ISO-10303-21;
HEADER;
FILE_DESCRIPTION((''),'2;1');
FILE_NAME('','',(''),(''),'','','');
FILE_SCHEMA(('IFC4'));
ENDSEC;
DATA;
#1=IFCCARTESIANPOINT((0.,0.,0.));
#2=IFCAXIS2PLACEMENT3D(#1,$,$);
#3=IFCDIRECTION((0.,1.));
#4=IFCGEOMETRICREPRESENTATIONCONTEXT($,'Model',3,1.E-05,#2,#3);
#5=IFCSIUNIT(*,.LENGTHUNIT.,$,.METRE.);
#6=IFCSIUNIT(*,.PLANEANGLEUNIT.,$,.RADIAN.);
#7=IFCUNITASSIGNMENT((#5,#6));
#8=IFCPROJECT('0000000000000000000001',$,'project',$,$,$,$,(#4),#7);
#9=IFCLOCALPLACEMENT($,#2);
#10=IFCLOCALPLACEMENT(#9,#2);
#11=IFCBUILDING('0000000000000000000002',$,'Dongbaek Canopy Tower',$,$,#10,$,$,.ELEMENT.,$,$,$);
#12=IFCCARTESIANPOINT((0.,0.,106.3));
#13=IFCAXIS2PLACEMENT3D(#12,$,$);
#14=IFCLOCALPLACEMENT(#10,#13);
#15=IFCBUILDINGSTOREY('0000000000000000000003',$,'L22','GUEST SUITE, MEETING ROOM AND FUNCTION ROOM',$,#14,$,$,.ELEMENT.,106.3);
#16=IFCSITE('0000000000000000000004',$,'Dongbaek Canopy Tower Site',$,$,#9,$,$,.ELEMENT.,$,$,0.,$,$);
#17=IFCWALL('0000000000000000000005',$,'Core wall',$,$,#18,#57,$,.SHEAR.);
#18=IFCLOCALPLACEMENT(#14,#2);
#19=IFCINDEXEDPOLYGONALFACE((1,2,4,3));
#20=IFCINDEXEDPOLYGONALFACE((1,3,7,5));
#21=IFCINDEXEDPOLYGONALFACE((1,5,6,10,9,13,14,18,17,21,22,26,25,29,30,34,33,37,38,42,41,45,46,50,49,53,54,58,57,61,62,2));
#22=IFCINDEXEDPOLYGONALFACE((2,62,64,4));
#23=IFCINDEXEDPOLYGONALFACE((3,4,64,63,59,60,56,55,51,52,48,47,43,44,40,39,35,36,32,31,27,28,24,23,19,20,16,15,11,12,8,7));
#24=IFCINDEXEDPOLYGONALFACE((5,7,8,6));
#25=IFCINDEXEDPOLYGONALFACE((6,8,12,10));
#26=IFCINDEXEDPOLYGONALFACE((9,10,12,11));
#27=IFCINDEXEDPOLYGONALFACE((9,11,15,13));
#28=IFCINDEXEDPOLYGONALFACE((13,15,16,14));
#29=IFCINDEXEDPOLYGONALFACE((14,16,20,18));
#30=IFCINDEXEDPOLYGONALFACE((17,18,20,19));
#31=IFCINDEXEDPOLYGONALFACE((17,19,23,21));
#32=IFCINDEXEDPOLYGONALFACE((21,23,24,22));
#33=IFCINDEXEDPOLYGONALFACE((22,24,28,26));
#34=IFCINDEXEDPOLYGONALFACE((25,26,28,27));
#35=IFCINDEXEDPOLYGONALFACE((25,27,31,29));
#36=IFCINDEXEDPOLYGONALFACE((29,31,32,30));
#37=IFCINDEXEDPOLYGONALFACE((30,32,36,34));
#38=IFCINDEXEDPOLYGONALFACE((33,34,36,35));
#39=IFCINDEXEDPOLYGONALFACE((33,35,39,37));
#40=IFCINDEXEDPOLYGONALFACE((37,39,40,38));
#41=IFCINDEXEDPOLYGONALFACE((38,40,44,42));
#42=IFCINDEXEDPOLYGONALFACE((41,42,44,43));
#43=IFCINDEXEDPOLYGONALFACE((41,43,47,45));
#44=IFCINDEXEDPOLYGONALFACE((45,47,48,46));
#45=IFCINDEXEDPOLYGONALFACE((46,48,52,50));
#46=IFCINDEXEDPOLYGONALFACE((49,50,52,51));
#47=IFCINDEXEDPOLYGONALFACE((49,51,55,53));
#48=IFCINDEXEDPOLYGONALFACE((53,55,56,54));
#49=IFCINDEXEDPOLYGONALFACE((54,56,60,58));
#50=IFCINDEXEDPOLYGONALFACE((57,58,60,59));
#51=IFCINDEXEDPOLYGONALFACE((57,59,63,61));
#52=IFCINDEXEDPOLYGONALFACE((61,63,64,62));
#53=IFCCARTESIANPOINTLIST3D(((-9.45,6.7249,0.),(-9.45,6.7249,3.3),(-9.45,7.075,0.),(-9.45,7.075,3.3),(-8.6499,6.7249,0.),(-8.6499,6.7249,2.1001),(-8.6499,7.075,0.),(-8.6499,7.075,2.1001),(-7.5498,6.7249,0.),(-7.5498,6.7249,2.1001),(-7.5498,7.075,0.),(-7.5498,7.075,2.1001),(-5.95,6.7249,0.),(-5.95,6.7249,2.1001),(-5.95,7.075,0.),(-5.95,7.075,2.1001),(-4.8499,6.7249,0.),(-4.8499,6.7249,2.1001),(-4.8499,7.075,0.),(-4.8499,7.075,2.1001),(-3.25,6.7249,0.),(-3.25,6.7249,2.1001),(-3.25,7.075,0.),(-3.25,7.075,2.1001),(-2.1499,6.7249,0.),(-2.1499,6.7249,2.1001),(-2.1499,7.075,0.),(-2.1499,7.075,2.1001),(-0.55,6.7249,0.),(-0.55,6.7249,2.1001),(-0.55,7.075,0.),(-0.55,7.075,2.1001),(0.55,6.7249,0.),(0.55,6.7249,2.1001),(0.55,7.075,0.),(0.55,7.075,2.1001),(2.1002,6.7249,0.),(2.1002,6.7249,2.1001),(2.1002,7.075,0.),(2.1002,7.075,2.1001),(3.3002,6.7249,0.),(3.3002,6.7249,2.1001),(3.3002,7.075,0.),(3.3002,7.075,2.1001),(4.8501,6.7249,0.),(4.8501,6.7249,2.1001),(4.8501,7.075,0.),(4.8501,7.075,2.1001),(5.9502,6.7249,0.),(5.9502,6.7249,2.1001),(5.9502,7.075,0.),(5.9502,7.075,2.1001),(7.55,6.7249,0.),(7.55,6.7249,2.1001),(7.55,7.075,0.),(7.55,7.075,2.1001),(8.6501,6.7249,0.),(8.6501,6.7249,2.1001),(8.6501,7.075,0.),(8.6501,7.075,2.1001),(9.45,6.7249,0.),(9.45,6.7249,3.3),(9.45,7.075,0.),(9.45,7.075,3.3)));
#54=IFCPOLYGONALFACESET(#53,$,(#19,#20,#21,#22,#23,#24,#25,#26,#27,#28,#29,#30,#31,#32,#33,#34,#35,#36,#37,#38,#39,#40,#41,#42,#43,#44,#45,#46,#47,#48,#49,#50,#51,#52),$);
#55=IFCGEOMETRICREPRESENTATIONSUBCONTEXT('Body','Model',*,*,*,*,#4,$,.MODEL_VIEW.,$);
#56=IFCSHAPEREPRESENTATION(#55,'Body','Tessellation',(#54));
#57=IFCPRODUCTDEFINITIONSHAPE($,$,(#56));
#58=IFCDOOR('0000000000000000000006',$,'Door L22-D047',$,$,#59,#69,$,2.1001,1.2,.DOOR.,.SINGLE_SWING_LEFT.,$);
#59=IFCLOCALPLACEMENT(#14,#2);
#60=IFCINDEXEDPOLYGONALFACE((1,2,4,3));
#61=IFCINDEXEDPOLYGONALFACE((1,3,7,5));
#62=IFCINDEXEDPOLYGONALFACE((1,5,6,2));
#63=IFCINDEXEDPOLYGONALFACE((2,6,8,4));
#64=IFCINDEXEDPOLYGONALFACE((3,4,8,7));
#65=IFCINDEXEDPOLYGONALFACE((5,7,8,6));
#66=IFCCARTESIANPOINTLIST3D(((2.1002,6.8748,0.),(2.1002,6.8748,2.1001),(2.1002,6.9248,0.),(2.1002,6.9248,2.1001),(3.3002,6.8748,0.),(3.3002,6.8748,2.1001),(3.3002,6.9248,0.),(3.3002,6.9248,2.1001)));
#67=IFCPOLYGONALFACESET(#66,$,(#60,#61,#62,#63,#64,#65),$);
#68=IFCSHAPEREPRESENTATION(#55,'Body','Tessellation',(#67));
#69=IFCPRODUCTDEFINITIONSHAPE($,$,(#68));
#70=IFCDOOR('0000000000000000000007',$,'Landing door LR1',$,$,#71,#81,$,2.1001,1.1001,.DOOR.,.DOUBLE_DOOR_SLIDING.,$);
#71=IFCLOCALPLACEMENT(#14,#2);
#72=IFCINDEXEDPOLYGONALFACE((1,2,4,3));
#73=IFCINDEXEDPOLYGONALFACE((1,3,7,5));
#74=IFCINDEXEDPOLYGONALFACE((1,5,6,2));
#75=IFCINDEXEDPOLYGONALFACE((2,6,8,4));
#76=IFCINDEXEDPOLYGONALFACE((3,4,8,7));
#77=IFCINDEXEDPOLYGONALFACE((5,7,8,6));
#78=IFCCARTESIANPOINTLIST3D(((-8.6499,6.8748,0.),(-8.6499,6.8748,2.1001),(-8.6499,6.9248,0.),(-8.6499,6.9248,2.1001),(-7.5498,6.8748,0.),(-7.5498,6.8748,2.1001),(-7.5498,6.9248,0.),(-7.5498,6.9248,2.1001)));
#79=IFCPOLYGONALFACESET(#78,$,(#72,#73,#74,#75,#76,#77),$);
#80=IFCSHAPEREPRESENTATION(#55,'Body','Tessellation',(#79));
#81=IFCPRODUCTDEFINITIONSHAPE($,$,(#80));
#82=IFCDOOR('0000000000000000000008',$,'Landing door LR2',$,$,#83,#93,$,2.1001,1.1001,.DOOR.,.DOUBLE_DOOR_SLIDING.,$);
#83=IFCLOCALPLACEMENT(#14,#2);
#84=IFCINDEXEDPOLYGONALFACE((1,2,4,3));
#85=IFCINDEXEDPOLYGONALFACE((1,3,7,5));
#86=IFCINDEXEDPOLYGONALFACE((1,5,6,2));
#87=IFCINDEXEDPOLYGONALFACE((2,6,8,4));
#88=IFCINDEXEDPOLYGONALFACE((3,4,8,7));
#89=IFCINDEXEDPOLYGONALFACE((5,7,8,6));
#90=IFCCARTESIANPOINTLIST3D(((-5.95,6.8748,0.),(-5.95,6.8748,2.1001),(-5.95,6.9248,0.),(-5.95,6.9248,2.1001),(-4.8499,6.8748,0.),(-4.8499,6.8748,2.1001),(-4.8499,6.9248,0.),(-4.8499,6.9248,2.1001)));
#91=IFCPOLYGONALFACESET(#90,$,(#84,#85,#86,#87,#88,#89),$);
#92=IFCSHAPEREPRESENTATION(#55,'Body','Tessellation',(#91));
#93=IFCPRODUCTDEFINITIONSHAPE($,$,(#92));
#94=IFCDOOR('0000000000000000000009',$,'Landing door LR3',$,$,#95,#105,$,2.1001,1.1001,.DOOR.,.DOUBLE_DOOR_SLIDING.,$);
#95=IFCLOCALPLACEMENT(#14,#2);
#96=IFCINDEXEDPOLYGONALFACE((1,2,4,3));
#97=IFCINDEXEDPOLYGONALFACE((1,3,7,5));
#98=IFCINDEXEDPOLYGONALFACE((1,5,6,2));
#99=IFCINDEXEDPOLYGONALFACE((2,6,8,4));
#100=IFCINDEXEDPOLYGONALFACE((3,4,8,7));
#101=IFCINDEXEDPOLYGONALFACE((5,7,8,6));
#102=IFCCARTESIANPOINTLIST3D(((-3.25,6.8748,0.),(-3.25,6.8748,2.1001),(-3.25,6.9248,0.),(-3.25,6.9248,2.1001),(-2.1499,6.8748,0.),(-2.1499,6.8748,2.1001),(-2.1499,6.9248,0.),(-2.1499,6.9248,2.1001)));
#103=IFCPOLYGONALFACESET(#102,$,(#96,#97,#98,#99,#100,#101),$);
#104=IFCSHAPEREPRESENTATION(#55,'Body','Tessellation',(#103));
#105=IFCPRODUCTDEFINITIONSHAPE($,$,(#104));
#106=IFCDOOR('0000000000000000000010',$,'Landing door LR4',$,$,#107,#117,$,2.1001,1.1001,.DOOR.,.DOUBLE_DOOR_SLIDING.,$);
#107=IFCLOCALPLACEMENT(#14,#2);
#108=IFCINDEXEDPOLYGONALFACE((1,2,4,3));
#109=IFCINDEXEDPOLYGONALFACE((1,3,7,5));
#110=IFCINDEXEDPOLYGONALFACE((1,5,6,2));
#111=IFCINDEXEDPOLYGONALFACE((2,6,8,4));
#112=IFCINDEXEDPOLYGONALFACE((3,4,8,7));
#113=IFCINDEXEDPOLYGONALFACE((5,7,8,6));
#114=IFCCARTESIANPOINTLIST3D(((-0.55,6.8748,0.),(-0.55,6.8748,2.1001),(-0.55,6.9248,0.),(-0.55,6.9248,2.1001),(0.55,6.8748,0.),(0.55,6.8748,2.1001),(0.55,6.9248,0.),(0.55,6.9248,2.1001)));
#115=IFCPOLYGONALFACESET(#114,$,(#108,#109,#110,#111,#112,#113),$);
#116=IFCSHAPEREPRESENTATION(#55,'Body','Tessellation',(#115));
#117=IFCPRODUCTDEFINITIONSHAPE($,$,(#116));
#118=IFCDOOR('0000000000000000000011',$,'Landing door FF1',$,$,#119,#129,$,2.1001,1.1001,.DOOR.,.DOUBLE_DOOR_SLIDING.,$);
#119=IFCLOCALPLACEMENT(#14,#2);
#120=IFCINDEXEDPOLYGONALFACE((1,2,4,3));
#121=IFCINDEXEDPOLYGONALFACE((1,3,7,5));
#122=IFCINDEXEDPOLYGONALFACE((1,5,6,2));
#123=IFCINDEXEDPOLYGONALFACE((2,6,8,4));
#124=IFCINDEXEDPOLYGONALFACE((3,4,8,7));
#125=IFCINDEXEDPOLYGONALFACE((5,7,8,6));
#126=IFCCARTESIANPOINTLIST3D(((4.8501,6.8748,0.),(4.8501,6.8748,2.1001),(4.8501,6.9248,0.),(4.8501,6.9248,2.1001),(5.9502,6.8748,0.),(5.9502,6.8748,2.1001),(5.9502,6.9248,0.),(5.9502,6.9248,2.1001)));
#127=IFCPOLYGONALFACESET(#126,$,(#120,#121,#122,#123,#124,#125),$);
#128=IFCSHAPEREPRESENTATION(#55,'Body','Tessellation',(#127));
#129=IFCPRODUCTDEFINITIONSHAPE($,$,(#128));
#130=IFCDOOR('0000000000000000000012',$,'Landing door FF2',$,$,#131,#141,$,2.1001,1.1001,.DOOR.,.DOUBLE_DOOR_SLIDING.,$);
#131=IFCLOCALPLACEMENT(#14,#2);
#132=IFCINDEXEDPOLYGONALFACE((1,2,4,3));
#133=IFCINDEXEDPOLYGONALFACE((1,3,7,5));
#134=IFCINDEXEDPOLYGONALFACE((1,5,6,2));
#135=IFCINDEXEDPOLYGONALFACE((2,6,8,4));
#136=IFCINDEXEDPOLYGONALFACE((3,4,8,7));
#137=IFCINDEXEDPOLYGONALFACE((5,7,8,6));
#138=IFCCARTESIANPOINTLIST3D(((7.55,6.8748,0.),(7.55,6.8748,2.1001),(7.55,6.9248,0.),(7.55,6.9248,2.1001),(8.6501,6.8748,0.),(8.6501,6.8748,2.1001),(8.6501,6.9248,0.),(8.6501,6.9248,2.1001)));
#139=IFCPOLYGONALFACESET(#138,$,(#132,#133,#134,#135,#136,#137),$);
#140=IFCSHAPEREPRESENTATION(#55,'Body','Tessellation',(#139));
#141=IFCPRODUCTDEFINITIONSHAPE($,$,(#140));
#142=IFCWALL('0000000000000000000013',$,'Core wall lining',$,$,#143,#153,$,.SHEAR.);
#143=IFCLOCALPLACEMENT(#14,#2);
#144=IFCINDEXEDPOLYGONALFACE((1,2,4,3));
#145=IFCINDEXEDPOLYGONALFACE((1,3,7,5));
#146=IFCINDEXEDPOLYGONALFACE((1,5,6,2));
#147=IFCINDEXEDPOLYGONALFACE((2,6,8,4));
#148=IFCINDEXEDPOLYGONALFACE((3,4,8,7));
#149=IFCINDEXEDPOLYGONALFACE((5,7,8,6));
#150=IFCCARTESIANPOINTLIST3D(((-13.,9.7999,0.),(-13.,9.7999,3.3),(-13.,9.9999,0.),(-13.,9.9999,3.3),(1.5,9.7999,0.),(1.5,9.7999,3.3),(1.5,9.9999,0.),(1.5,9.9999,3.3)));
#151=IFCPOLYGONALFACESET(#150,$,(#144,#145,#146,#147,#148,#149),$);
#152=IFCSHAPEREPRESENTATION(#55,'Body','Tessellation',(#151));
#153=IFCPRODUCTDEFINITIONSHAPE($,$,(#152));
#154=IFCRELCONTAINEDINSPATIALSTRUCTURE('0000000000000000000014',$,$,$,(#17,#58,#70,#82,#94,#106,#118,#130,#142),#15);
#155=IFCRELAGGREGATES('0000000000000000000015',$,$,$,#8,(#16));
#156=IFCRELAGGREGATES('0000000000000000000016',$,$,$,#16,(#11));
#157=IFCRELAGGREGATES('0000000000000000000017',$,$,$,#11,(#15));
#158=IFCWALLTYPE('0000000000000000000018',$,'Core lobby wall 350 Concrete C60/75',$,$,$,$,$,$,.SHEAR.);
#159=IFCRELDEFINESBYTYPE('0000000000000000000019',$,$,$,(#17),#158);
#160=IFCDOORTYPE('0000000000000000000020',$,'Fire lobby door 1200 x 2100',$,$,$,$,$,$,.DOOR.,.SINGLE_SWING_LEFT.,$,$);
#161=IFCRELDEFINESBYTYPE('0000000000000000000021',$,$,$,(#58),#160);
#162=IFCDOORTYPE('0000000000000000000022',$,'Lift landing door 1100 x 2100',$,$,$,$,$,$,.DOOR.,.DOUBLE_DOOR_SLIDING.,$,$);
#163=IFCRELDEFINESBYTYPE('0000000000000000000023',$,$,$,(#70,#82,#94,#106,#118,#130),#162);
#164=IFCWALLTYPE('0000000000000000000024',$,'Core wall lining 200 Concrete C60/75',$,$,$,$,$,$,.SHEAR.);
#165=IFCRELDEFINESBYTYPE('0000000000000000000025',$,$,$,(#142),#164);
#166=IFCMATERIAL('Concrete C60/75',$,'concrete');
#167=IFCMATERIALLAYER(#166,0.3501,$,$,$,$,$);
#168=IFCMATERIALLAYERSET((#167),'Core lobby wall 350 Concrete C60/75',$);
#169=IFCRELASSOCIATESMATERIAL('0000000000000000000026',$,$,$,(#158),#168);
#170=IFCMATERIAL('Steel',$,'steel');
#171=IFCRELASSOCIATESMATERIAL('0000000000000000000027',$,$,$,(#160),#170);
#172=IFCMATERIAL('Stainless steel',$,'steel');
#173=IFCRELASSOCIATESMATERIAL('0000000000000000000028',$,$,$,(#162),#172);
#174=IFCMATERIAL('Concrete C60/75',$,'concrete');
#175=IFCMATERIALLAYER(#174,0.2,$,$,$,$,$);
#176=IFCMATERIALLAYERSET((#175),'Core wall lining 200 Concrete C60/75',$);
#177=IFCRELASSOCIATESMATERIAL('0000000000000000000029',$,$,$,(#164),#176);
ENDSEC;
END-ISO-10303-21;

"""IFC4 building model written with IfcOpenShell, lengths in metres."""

from ifc_helpers import new_model, si_unit, direction, frame, frame_2d, origin, place, context, subcontext, project, spatial, rectangle, extrude, material, layer, layer_set, type_object, element, fill, save


model = new_model("IFC4")

# Units and contexts
model_context = context("Model", 3, precision=1e-05, world=origin(), true_north=direction((0.0, 1.0)))
body_context = subcontext(model_context, "Body", "Model", "MODEL_VIEW")
ifc_project = project(units=[si_unit("LENGTHUNIT", "METRE"), si_unit("PLANEANGLEUNIT", "RADIAN")], contexts=[model_context])

# Site, building, storey
site_placement = place(None, origin())
site = spatial("IfcSite", under=ifc_project, at=site_placement, Name="Dongbaek Canopy Tower Site", CompositionType="ELEMENT", RefElevation=0.0)
building_placement = place(site_placement, origin())
building = spatial("IfcBuilding", under=site, at=building_placement, Name="Dongbaek Canopy Tower", CompositionType="ELEMENT")
storey_placement = place(building_placement, frame((0.0, 0.0, 106.3)))
storey = spatial("IfcBuildingStorey", under=building, at=storey_placement, Name="L22", Description="GUEST SUITE, MEETING ROOM AND FUNCTION ROOM", CompositionType="ELEMENT", Elevation=106.3)

# Wall, openings, doors
ifc_material_1 = material(Name="Concrete C60/75", Category="concrete")
ifc_layer_1 = layer(ifc_material_1, 0.3501)
ifc_layer_set_1 = layer_set([ifc_layer_1], Name="Core lobby wall 350 Concrete C60/75")
wall_type_1 = type_object("IfcWallType", Name="Core lobby wall 350 Concrete C60/75", PredefinedType="SHEAR", material=ifc_layer_set_1)
wall_1_placement = place(storey_placement, frame((-9.45, 6.8999, 0.0), z_axis=(0.0, 0.0, 1.0), x_axis=(1.0, 0.0, 0.0)))
wall_1 = element("IfcWall", 1, at=wall_1_placement, inside=storey, type_object=wall_type_1, Name="Core wall", PredefinedType="SHEAR", context=body_context, shape_type="SweptSolid", body=[
    extrude(rectangle(XDim=18.8999, YDim=0.3501, at=frame_2d((9.45, 0.0))), origin(), (0.0, 0.0, 1.0), 3.3),
])
opening_1_placement = place(wall_1_placement, frame((0.8, 0.0, 0.0)))
opening_1 = element("IfcOpeningElement", 2, at=opening_1_placement, cuts=wall_1, PredefinedType="OPENING", context=body_context, shape_type="SweptSolid", body=[
    extrude(rectangle(XDim=1.1001, YDim=2.1001, at=frame_2d((0.55, 1.05))), frame((0.0, 0.1851, 0.0), z_axis=(0.0, -1.0, 0.0), x_axis=(1.0, 0.0, 0.0)), (0.0, 0.0, 1.0), 0.3701),
])
opening_2_placement = place(wall_1_placement, frame((3.5, 0.0, 0.0)))
opening_2 = element("IfcOpeningElement", 3, at=opening_2_placement, cuts=wall_1, PredefinedType="OPENING", context=body_context, shape_type="SweptSolid", body=[
    extrude(rectangle(XDim=1.1001, YDim=2.1001, at=frame_2d((0.55, 1.05))), frame((0.0, 0.1851, 0.0), z_axis=(0.0, -1.0, 0.0), x_axis=(1.0, 0.0, 0.0)), (0.0, 0.0, 1.0), 0.3701),
])
opening_3_placement = place(wall_1_placement, frame((6.2, 0.0, 0.0)))
opening_3 = element("IfcOpeningElement", 4, at=opening_3_placement, cuts=wall_1, PredefinedType="OPENING", context=body_context, shape_type="SweptSolid", body=[
    extrude(rectangle(XDim=1.1001, YDim=2.1001, at=frame_2d((0.55, 1.05))), frame((0.0, 0.1851, 0.0), z_axis=(0.0, -1.0, 0.0), x_axis=(1.0, 0.0, 0.0)), (0.0, 0.0, 1.0), 0.3701),
])
opening_4_placement = place(wall_1_placement, frame((8.8999, 0.0, 0.0)))
opening_4 = element("IfcOpeningElement", 5, at=opening_4_placement, cuts=wall_1, PredefinedType="OPENING", context=body_context, shape_type="SweptSolid", body=[
    extrude(rectangle(XDim=1.1001, YDim=2.1001, at=frame_2d((0.55, 1.05))), frame((0.0, 0.1851, 0.0), z_axis=(0.0, -1.0, 0.0), x_axis=(1.0, 0.0, 0.0)), (0.0, 0.0, 1.0), 0.3701),
])
opening_5_placement = place(wall_1_placement, frame((11.55, 0.0, 0.0)))
opening_5 = element("IfcOpeningElement", 6, at=opening_5_placement, cuts=wall_1, PredefinedType="OPENING", context=body_context, shape_type="SweptSolid", body=[
    extrude(rectangle(XDim=1.2, YDim=2.1001, at=frame_2d((0.6001, 1.05))), frame((0.0, 0.1851, 0.0), z_axis=(0.0, -1.0, 0.0), x_axis=(1.0, 0.0, 0.0)), (0.0, 0.0, 1.0), 0.3701),
])
opening_6_placement = place(wall_1_placement, frame((14.3, 0.0, 0.0)))
opening_6 = element("IfcOpeningElement", 7, at=opening_6_placement, cuts=wall_1, PredefinedType="OPENING", context=body_context, shape_type="SweptSolid", body=[
    extrude(rectangle(XDim=1.1001, YDim=2.1001, at=frame_2d((0.55, 1.05))), frame((0.0, 0.1851, 0.0), z_axis=(0.0, -1.0, 0.0), x_axis=(1.0, 0.0, 0.0)), (0.0, 0.0, 1.0), 0.3701),
])
opening_7_placement = place(wall_1_placement, frame((17.0, 0.0, 0.0)))
opening_7 = element("IfcOpeningElement", 8, at=opening_7_placement, cuts=wall_1, PredefinedType="OPENING", context=body_context, shape_type="SweptSolid", body=[
    extrude(rectangle(XDim=1.1001, YDim=2.1001, at=frame_2d((0.55, 1.05))), frame((0.0, 0.1851, 0.0), z_axis=(0.0, -1.0, 0.0), x_axis=(1.0, 0.0, 0.0)), (0.0, 0.0, 1.0), 0.3701),
])
ifc_material_2 = material(Name="Steel", Category="steel")
door_type_1 = type_object("IfcDoorType", Name="Fire lobby door 1200 x 2100", OperationType="SINGLE_SWING_LEFT", PredefinedType="DOOR", material=ifc_material_2)
door_1_placement = place(opening_5_placement, origin())
door_1 = element("IfcDoor", 9, at=door_1_placement, inside=storey, type_object=door_type_1, Name="Door L22-D047", OperationType="SINGLE_SWING_LEFT", OverallHeight=2.1001, OverallWidth=1.2, PredefinedType="DOOR", context=body_context, shape_type="SweptSolid", body=[
    extrude(rectangle(XDim=1.2, YDim=2.1001, at=frame_2d((0.6001, 1.05))), frame((0.0, 0.0249, 0.0), z_axis=(0.0, -1.0, 0.0), x_axis=(1.0, 0.0, 0.0)), (0.0, 0.0, 1.0), 0.05),
])
fill(opening_5, door_1)
ifc_material_3 = material(Name="Stainless steel", Category="steel")
door_type_2 = type_object("IfcDoorType", Name="Lift landing door 1100 x 2100", OperationType="DOUBLE_DOOR_SLIDING", PredefinedType="DOOR", material=ifc_material_3)
door_2_placement = place(opening_1_placement, origin())
door_2 = element("IfcDoor", 10, at=door_2_placement, inside=storey, type_object=door_type_2, Name="Landing door LR1", OperationType="DOUBLE_DOOR_SLIDING", OverallHeight=2.1001, OverallWidth=1.1001, PredefinedType="DOOR", context=body_context, shape_type="SweptSolid", body=[
    extrude(rectangle(XDim=1.1001, YDim=2.1001, at=frame_2d((0.55, 1.05))), frame((0.0, 0.0249, 0.0), z_axis=(0.0, -1.0, 0.0), x_axis=(1.0, 0.0, 0.0)), (0.0, 0.0, 1.0), 0.05),
])
fill(opening_1, door_2)
door_3_placement = place(opening_2_placement, origin())
door_3 = element("IfcDoor", 11, at=door_3_placement, inside=storey, type_object=door_type_2, Name="Landing door LR2", OperationType="DOUBLE_DOOR_SLIDING", OverallHeight=2.1001, OverallWidth=1.1001, PredefinedType="DOOR", context=body_context, shape_type="SweptSolid", body=[
    extrude(rectangle(XDim=1.1001, YDim=2.1001, at=frame_2d((0.55, 1.05))), frame((0.0, 0.0249, 0.0), z_axis=(0.0, -1.0, 0.0), x_axis=(1.0, 0.0, 0.0)), (0.0, 0.0, 1.0), 0.05),
])
fill(opening_2, door_3)
door_4_placement = place(opening_3_placement, origin())
door_4 = element("IfcDoor", 12, at=door_4_placement, inside=storey, type_object=door_type_2, Name="Landing door LR3", OperationType="DOUBLE_DOOR_SLIDING", OverallHeight=2.1001, OverallWidth=1.1001, PredefinedType="DOOR", context=body_context, shape_type="SweptSolid", body=[
    extrude(rectangle(XDim=1.1001, YDim=2.1001, at=frame_2d((0.55, 1.05))), frame((0.0, 0.0249, 0.0), z_axis=(0.0, -1.0, 0.0), x_axis=(1.0, 0.0, 0.0)), (0.0, 0.0, 1.0), 0.05),
])
fill(opening_3, door_4)
door_5_placement = place(opening_4_placement, origin())
door_5 = element("IfcDoor", 13, at=door_5_placement, inside=storey, type_object=door_type_2, Name="Landing door LR4", OperationType="DOUBLE_DOOR_SLIDING", OverallHeight=2.1001, OverallWidth=1.1001, PredefinedType="DOOR", context=body_context, shape_type="SweptSolid", body=[
    extrude(rectangle(XDim=1.1001, YDim=2.1001, at=frame_2d((0.55, 1.05))), frame((0.0, 0.0249, 0.0), z_axis=(0.0, -1.0, 0.0), x_axis=(1.0, 0.0, 0.0)), (0.0, 0.0, 1.0), 0.05),
])
fill(opening_4, door_5)
door_6_placement = place(opening_6_placement, origin())
door_6 = element("IfcDoor", 14, at=door_6_placement, inside=storey, type_object=door_type_2, Name="Landing door FF1", OperationType="DOUBLE_DOOR_SLIDING", OverallHeight=2.1001, OverallWidth=1.1001, PredefinedType="DOOR", context=body_context, shape_type="SweptSolid", body=[
    extrude(rectangle(XDim=1.1001, YDim=2.1001, at=frame_2d((0.55, 1.05))), frame((0.0, 0.0249, 0.0), z_axis=(0.0, -1.0, 0.0), x_axis=(1.0, 0.0, 0.0)), (0.0, 0.0, 1.0), 0.05),
])
fill(opening_6, door_6)
door_7_placement = place(opening_7_placement, origin())
door_7 = element("IfcDoor", 15, at=door_7_placement, inside=storey, type_object=door_type_2, Name="Landing door FF2", OperationType="DOUBLE_DOOR_SLIDING", OverallHeight=2.1001, OverallWidth=1.1001, PredefinedType="DOOR", context=body_context, shape_type="SweptSolid", body=[
    extrude(rectangle(XDim=1.1001, YDim=2.1001, at=frame_2d((0.55, 1.05))), frame((0.0, 0.0249, 0.0), z_axis=(0.0, -1.0, 0.0), x_axis=(1.0, 0.0, 0.0)), (0.0, 0.0, 1.0), 0.05),
])
fill(opening_7, door_7)

# Wall
ifc_material_4 = material(Name="Concrete C60/75", Category="concrete")
ifc_layer_2 = layer(ifc_material_4, 0.2)
ifc_layer_set_2 = layer_set([ifc_layer_2], Name="Core wall lining 200 Concrete C60/75")
wall_type_2 = type_object("IfcWallType", Name="Core wall lining 200 Concrete C60/75", PredefinedType="SHEAR", material=ifc_layer_set_2)
wall_2_placement = place(storey_placement, frame((-13.0, 9.8999, 0.0), z_axis=(0.0, 0.0, 1.0), x_axis=(1.0, 0.0, 0.0)))
element("IfcWall", 16, at=wall_2_placement, inside=storey, type_object=wall_type_2, Name="Core wall lining", PredefinedType="SHEAR", context=body_context, shape_type="SweptSolid", body=[
    extrude(rectangle(XDim=14.5, YDim=0.2, at=frame_2d((7.25, 0.0))), origin(), (0.0, 0.0, 1.0), 3.3),
])

save(model, "model.ifc")
